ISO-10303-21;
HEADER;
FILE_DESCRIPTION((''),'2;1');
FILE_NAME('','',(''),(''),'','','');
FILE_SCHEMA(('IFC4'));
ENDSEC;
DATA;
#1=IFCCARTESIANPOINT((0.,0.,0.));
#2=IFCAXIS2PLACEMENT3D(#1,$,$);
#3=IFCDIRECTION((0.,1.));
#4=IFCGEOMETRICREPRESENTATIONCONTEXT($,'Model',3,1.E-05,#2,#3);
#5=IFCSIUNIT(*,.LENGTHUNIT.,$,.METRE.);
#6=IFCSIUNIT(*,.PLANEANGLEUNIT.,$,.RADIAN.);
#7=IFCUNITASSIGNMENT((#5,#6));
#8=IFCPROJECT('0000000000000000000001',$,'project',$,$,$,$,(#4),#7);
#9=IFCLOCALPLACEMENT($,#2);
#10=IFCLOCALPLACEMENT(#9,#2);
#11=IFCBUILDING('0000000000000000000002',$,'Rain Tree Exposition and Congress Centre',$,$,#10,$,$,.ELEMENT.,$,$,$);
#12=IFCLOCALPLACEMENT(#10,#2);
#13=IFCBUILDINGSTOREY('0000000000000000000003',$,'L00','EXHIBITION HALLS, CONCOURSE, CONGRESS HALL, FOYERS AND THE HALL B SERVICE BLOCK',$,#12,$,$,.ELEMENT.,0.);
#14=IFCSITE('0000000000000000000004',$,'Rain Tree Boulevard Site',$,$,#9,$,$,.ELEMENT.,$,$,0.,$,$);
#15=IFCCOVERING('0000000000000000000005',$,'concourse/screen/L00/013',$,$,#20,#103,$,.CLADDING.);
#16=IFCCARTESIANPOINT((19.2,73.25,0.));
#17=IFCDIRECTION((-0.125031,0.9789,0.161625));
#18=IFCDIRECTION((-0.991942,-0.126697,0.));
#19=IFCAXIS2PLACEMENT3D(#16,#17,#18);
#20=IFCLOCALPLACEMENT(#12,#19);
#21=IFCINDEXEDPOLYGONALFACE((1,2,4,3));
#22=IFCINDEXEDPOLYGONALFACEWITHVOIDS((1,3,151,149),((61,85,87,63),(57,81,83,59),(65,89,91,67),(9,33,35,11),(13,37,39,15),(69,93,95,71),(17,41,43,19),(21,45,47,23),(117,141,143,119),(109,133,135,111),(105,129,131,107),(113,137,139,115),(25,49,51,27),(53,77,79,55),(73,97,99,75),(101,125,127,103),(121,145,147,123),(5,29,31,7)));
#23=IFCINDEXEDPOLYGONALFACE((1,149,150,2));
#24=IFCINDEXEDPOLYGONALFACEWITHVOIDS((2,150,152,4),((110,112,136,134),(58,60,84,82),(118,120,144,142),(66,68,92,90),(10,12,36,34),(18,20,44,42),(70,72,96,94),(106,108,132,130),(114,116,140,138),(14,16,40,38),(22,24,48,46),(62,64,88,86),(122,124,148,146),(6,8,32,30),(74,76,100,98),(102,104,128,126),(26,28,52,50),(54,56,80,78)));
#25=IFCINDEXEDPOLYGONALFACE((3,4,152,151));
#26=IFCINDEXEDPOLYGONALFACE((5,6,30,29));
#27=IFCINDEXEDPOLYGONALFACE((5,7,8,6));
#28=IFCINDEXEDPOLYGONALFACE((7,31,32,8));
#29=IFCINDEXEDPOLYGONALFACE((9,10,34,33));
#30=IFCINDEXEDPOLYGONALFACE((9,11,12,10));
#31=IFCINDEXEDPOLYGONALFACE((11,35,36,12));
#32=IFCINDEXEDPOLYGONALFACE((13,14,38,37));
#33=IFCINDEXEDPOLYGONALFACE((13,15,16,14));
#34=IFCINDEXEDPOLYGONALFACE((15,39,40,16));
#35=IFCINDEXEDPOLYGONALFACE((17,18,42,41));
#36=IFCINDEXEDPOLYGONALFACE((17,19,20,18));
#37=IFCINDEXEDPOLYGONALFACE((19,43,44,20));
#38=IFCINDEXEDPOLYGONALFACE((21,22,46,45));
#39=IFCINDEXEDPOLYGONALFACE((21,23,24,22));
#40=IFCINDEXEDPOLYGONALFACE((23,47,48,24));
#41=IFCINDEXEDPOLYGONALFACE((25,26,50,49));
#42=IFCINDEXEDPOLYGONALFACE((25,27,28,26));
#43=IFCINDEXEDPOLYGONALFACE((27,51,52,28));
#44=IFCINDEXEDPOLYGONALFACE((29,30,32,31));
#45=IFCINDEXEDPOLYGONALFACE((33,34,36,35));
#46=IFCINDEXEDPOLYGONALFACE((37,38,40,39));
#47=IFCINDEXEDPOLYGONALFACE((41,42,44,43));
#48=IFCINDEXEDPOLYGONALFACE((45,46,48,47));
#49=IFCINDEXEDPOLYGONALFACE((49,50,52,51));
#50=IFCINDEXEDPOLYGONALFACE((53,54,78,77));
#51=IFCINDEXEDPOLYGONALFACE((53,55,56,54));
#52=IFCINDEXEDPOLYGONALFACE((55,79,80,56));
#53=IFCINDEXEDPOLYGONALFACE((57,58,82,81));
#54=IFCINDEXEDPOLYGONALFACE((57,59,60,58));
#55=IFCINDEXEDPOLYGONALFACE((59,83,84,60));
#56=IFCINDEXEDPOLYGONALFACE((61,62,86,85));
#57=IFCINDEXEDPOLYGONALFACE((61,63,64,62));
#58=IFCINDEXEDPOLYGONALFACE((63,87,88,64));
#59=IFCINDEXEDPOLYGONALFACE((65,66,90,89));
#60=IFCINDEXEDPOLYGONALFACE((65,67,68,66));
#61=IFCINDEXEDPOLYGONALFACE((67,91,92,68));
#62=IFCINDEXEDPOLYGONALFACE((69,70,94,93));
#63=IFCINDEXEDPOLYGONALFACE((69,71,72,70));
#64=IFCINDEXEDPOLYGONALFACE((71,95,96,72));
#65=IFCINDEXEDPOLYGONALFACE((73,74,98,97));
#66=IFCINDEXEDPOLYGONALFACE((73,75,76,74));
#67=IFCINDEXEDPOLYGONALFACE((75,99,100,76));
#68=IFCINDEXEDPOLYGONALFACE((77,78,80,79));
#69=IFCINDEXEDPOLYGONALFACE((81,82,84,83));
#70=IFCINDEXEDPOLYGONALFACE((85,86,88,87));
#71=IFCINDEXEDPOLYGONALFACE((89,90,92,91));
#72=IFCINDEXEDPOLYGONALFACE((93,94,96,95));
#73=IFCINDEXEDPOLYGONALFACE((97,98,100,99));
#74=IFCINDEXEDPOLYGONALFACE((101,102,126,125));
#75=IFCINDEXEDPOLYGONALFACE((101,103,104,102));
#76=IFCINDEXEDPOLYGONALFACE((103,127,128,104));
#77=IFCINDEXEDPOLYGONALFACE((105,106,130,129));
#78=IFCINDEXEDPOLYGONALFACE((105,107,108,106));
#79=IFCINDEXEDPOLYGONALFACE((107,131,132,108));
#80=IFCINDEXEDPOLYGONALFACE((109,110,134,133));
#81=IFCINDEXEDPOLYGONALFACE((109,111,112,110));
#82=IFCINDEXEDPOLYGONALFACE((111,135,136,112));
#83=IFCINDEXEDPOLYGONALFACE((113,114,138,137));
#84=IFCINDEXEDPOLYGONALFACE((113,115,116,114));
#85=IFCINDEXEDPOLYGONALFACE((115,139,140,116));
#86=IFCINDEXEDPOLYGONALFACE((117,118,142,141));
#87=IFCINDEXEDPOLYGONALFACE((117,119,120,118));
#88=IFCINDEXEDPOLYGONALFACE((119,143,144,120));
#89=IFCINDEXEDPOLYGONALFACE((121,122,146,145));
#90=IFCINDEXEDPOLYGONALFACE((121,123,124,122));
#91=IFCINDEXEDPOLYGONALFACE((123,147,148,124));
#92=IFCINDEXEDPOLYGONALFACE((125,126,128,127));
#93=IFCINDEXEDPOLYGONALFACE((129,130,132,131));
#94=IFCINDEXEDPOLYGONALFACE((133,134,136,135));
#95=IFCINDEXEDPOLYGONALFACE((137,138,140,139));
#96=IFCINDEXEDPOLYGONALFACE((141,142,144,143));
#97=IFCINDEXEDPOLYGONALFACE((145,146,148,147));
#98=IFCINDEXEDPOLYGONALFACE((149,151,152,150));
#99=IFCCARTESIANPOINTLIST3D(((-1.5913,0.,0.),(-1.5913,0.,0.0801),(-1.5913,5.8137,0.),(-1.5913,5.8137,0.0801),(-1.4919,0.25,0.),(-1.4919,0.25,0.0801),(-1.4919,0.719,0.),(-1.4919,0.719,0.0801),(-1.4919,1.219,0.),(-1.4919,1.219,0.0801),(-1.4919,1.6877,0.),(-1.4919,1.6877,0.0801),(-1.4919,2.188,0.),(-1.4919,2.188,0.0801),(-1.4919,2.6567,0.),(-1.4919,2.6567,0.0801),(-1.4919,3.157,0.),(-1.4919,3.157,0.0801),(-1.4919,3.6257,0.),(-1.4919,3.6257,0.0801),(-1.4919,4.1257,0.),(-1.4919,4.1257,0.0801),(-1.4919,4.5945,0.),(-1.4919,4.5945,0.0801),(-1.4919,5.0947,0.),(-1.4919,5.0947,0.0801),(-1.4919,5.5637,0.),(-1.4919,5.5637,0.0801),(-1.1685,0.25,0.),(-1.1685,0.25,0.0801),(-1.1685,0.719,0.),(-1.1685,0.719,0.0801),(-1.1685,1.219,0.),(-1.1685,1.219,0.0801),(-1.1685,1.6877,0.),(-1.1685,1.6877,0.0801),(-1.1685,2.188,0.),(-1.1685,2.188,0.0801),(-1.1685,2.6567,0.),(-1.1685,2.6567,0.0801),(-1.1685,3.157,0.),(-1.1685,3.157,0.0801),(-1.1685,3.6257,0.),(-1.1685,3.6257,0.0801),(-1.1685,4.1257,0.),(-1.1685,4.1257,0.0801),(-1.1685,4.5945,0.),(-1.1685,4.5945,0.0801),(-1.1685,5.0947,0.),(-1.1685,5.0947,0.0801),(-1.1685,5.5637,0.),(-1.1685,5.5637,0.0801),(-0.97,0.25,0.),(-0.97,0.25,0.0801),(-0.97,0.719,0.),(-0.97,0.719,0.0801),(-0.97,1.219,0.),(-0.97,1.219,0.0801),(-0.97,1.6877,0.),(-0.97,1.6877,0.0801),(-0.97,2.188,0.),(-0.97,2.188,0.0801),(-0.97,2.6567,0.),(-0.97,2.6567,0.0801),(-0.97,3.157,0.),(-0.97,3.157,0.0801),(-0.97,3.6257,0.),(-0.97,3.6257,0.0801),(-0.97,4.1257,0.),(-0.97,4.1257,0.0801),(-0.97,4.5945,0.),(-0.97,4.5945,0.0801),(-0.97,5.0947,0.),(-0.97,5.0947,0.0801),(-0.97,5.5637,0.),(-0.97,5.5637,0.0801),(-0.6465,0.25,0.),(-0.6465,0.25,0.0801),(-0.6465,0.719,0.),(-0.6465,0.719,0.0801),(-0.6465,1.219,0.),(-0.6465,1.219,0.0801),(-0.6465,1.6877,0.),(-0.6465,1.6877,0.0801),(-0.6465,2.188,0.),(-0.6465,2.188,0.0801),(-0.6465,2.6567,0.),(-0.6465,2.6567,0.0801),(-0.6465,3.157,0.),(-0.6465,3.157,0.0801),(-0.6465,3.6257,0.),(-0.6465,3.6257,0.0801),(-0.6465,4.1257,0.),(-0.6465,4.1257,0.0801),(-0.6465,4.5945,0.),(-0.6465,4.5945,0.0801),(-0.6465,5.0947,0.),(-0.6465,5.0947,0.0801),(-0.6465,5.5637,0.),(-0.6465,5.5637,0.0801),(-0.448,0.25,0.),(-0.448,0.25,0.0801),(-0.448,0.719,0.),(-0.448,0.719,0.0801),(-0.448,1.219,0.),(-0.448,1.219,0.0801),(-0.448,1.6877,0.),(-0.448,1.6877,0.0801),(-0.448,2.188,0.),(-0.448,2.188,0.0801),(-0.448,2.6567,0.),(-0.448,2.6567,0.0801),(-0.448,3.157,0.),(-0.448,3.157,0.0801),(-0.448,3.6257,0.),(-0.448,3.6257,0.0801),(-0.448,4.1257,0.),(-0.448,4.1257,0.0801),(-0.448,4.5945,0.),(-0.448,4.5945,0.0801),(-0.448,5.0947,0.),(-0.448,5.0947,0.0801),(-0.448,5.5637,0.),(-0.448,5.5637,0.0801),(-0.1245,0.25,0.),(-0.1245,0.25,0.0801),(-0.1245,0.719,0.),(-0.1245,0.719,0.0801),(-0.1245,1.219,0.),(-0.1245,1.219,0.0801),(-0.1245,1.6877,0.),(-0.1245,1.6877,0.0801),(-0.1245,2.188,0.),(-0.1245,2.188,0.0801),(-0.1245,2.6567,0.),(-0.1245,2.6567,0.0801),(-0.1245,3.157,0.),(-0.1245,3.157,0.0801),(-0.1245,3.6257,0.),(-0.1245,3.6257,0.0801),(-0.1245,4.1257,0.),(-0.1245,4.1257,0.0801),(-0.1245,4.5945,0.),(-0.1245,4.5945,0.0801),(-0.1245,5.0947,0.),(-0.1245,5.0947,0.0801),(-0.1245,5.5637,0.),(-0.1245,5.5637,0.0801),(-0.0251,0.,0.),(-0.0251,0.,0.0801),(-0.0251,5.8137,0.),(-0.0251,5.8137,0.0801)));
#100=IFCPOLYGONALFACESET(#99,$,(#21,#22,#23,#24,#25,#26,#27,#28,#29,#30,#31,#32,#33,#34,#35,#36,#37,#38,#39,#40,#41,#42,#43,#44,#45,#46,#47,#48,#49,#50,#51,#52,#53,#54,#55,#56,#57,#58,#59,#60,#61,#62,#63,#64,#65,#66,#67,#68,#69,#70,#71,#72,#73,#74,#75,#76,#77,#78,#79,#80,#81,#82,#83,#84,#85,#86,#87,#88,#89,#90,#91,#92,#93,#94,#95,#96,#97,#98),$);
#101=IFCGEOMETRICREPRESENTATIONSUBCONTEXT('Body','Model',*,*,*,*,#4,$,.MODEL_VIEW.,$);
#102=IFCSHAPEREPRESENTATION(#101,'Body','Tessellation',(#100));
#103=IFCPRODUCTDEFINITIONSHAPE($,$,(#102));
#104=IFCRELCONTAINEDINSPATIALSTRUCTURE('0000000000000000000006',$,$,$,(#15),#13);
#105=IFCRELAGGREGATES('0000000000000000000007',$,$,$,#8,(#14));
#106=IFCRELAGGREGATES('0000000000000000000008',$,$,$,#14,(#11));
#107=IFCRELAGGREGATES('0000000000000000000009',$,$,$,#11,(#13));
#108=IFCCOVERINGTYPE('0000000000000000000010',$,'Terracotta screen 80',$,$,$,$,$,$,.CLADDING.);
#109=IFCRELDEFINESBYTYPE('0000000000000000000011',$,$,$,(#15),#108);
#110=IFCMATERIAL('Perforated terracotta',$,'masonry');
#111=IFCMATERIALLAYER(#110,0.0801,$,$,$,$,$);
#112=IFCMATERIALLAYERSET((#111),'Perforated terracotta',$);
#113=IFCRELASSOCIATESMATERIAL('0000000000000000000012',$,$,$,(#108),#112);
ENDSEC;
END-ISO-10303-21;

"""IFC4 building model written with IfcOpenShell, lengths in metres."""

from ifc_helpers import new_model, si_unit, direction, frame, origin, place, context, subcontext, project, spatial, polyline, outline, extrude, material, layer, layer_set, type_object, element, save


model = new_model("IFC4")

# Units and contexts
model_context = context("Model", 3, precision=1e-05, world=origin(), true_north=direction((0.0, 1.0)))
body_context = subcontext(model_context, "Body", "Model", "MODEL_VIEW")
ifc_project = project(units=[si_unit("LENGTHUNIT", "METRE"), si_unit("PLANEANGLEUNIT", "RADIAN")], contexts=[model_context])

# Site, building, storey
site_placement = place(None, origin())
site = spatial("IfcSite", under=ifc_project, at=site_placement, Name="Rain Tree Boulevard Site", CompositionType="ELEMENT", RefElevation=0.0)
building_placement = place(site_placement, origin())
building = spatial("IfcBuilding", under=site, at=building_placement, Name="Rain Tree Exposition and Congress Centre", CompositionType="ELEMENT")
storey_placement = place(building_placement, origin())
storey = spatial("IfcBuildingStorey", under=building, at=storey_placement, Name="L00", Description="EXHIBITION HALLS, CONCOURSE, CONGRESS HALL, FOYERS AND THE HALL B SERVICE BLOCK", CompositionType="ELEMENT", Elevation=0.0)

# Covering
ifc_material_1 = material(Name="Perforated terracotta", Category="masonry")
ifc_layer_1 = layer(ifc_material_1, 0.0801)
ifc_layer_set_1 = layer_set([ifc_layer_1], Name="Perforated terracotta")
covering_type = type_object("IfcCoveringType", Name="Terracotta screen 80", PredefinedType="CLADDING", material=ifc_layer_set_1)
covering_1_placement = place(storey_placement, frame((19.2, 73.25, 0.0), z_axis=(-0.125031, 0.9789, 0.161625), x_axis=(-0.991942, -0.126697, 0.0)))
element("IfcCovering", 1, at=covering_1_placement, inside=storey, type_object=covering_type, Name="concourse/screen/L00/013", PredefinedType="CLADDING", context=body_context, shape_type="SweptSolid", body=[
    extrude(outline(polyline([(-0.0251, 0.0), (-1.5913, 0.0), (-1.5913, 5.8137), (-0.0251, 5.8137), (-0.0251, 0.0)]), holes=[polyline([(-0.1245, 0.25), (-0.1245, 0.719), (-0.448, 0.719), (-0.448, 0.25), (-0.1245, 0.25)]), polyline([(-0.1245, 1.219), (-0.1245, 1.6877), (-0.448, 1.6877), (-0.448, 1.219), (-0.1245, 1.219)]), polyline([(-0.1245, 2.188), (-0.1245, 2.6567), (-0.448, 2.6567), (-0.448, 2.188), (-0.1245, 2.188)]), polyline([(-0.1245, 3.157), (-0.1245, 3.6257), (-0.448, 3.6257), (-0.448, 3.157), (-0.1245, 3.157)]), polyline([(-0.1245, 4.1257), (-0.1245, 4.5945), (-0.448, 4.5945), (-0.448, 4.1257), (-0.1245, 4.1257)]), polyline([(-0.1245, 5.0947), (-0.1245, 5.5637), (-0.448, 5.5637), (-0.448, 5.0947), (-0.1245, 5.0947)]), polyline([(-0.6465, 0.25), (-0.6465, 0.719), (-0.97, 0.719), (-0.97, 0.25), (-0.6465, 0.25)]), polyline([(-0.6465, 1.219), (-0.6465, 1.6877), (-0.97, 1.6877), (-0.97, 1.219), (-0.6465, 1.219)]), polyline([(-0.6465, 2.188), (-0.6465, 2.6567), (-0.97, 2.6567), (-0.97, 2.188), (-0.6465, 2.188)]), polyline([(-0.6465, 3.157), (-0.6465, 3.6257), (-0.97, 3.6257), (-0.97, 3.157), (-0.6465, 3.157)]), polyline([(-0.6465, 4.1257), (-0.6465, 4.5945), (-0.97, 4.5945), (-0.97, 4.1257), (-0.6465, 4.1257)]), polyline([(-0.6465, 5.0947), (-0.6465, 5.5637), (-0.97, 5.5637), (-0.97, 5.0947), (-0.6465, 5.0947)]), polyline([(-1.1685, 0.25), (-1.1685, 0.719), (-1.4919, 0.719), (-1.4919, 0.25), (-1.1685, 0.25)]), polyline([(-1.1685, 1.219), (-1.1685, 1.6877), (-1.4919, 1.6877), (-1.4919, 1.219), (-1.1685, 1.219)]), polyline([(-1.1685, 2.188), (-1.1685, 2.6567), (-1.4919, 2.6567), (-1.4919, 2.188), (-1.1685, 2.188)]), polyline([(-1.1685, 3.157), (-1.1685, 3.6257), (-1.4919, 3.6257), (-1.4919, 3.157), (-1.1685, 3.157)]), polyline([(-1.1685, 4.1257), (-1.1685, 4.5945), (-1.4919, 4.5945), (-1.4919, 4.1257), (-1.1685, 4.1257)]), polyline([(-1.1685, 5.0947), (-1.1685, 5.5637), (-1.4919, 5.5637), (-1.4919, 5.0947), (-1.1685, 5.0947)])]), origin(), (0.0, 0.0, 1.0), 0.0801),
])

save(model, "model.ifc")
